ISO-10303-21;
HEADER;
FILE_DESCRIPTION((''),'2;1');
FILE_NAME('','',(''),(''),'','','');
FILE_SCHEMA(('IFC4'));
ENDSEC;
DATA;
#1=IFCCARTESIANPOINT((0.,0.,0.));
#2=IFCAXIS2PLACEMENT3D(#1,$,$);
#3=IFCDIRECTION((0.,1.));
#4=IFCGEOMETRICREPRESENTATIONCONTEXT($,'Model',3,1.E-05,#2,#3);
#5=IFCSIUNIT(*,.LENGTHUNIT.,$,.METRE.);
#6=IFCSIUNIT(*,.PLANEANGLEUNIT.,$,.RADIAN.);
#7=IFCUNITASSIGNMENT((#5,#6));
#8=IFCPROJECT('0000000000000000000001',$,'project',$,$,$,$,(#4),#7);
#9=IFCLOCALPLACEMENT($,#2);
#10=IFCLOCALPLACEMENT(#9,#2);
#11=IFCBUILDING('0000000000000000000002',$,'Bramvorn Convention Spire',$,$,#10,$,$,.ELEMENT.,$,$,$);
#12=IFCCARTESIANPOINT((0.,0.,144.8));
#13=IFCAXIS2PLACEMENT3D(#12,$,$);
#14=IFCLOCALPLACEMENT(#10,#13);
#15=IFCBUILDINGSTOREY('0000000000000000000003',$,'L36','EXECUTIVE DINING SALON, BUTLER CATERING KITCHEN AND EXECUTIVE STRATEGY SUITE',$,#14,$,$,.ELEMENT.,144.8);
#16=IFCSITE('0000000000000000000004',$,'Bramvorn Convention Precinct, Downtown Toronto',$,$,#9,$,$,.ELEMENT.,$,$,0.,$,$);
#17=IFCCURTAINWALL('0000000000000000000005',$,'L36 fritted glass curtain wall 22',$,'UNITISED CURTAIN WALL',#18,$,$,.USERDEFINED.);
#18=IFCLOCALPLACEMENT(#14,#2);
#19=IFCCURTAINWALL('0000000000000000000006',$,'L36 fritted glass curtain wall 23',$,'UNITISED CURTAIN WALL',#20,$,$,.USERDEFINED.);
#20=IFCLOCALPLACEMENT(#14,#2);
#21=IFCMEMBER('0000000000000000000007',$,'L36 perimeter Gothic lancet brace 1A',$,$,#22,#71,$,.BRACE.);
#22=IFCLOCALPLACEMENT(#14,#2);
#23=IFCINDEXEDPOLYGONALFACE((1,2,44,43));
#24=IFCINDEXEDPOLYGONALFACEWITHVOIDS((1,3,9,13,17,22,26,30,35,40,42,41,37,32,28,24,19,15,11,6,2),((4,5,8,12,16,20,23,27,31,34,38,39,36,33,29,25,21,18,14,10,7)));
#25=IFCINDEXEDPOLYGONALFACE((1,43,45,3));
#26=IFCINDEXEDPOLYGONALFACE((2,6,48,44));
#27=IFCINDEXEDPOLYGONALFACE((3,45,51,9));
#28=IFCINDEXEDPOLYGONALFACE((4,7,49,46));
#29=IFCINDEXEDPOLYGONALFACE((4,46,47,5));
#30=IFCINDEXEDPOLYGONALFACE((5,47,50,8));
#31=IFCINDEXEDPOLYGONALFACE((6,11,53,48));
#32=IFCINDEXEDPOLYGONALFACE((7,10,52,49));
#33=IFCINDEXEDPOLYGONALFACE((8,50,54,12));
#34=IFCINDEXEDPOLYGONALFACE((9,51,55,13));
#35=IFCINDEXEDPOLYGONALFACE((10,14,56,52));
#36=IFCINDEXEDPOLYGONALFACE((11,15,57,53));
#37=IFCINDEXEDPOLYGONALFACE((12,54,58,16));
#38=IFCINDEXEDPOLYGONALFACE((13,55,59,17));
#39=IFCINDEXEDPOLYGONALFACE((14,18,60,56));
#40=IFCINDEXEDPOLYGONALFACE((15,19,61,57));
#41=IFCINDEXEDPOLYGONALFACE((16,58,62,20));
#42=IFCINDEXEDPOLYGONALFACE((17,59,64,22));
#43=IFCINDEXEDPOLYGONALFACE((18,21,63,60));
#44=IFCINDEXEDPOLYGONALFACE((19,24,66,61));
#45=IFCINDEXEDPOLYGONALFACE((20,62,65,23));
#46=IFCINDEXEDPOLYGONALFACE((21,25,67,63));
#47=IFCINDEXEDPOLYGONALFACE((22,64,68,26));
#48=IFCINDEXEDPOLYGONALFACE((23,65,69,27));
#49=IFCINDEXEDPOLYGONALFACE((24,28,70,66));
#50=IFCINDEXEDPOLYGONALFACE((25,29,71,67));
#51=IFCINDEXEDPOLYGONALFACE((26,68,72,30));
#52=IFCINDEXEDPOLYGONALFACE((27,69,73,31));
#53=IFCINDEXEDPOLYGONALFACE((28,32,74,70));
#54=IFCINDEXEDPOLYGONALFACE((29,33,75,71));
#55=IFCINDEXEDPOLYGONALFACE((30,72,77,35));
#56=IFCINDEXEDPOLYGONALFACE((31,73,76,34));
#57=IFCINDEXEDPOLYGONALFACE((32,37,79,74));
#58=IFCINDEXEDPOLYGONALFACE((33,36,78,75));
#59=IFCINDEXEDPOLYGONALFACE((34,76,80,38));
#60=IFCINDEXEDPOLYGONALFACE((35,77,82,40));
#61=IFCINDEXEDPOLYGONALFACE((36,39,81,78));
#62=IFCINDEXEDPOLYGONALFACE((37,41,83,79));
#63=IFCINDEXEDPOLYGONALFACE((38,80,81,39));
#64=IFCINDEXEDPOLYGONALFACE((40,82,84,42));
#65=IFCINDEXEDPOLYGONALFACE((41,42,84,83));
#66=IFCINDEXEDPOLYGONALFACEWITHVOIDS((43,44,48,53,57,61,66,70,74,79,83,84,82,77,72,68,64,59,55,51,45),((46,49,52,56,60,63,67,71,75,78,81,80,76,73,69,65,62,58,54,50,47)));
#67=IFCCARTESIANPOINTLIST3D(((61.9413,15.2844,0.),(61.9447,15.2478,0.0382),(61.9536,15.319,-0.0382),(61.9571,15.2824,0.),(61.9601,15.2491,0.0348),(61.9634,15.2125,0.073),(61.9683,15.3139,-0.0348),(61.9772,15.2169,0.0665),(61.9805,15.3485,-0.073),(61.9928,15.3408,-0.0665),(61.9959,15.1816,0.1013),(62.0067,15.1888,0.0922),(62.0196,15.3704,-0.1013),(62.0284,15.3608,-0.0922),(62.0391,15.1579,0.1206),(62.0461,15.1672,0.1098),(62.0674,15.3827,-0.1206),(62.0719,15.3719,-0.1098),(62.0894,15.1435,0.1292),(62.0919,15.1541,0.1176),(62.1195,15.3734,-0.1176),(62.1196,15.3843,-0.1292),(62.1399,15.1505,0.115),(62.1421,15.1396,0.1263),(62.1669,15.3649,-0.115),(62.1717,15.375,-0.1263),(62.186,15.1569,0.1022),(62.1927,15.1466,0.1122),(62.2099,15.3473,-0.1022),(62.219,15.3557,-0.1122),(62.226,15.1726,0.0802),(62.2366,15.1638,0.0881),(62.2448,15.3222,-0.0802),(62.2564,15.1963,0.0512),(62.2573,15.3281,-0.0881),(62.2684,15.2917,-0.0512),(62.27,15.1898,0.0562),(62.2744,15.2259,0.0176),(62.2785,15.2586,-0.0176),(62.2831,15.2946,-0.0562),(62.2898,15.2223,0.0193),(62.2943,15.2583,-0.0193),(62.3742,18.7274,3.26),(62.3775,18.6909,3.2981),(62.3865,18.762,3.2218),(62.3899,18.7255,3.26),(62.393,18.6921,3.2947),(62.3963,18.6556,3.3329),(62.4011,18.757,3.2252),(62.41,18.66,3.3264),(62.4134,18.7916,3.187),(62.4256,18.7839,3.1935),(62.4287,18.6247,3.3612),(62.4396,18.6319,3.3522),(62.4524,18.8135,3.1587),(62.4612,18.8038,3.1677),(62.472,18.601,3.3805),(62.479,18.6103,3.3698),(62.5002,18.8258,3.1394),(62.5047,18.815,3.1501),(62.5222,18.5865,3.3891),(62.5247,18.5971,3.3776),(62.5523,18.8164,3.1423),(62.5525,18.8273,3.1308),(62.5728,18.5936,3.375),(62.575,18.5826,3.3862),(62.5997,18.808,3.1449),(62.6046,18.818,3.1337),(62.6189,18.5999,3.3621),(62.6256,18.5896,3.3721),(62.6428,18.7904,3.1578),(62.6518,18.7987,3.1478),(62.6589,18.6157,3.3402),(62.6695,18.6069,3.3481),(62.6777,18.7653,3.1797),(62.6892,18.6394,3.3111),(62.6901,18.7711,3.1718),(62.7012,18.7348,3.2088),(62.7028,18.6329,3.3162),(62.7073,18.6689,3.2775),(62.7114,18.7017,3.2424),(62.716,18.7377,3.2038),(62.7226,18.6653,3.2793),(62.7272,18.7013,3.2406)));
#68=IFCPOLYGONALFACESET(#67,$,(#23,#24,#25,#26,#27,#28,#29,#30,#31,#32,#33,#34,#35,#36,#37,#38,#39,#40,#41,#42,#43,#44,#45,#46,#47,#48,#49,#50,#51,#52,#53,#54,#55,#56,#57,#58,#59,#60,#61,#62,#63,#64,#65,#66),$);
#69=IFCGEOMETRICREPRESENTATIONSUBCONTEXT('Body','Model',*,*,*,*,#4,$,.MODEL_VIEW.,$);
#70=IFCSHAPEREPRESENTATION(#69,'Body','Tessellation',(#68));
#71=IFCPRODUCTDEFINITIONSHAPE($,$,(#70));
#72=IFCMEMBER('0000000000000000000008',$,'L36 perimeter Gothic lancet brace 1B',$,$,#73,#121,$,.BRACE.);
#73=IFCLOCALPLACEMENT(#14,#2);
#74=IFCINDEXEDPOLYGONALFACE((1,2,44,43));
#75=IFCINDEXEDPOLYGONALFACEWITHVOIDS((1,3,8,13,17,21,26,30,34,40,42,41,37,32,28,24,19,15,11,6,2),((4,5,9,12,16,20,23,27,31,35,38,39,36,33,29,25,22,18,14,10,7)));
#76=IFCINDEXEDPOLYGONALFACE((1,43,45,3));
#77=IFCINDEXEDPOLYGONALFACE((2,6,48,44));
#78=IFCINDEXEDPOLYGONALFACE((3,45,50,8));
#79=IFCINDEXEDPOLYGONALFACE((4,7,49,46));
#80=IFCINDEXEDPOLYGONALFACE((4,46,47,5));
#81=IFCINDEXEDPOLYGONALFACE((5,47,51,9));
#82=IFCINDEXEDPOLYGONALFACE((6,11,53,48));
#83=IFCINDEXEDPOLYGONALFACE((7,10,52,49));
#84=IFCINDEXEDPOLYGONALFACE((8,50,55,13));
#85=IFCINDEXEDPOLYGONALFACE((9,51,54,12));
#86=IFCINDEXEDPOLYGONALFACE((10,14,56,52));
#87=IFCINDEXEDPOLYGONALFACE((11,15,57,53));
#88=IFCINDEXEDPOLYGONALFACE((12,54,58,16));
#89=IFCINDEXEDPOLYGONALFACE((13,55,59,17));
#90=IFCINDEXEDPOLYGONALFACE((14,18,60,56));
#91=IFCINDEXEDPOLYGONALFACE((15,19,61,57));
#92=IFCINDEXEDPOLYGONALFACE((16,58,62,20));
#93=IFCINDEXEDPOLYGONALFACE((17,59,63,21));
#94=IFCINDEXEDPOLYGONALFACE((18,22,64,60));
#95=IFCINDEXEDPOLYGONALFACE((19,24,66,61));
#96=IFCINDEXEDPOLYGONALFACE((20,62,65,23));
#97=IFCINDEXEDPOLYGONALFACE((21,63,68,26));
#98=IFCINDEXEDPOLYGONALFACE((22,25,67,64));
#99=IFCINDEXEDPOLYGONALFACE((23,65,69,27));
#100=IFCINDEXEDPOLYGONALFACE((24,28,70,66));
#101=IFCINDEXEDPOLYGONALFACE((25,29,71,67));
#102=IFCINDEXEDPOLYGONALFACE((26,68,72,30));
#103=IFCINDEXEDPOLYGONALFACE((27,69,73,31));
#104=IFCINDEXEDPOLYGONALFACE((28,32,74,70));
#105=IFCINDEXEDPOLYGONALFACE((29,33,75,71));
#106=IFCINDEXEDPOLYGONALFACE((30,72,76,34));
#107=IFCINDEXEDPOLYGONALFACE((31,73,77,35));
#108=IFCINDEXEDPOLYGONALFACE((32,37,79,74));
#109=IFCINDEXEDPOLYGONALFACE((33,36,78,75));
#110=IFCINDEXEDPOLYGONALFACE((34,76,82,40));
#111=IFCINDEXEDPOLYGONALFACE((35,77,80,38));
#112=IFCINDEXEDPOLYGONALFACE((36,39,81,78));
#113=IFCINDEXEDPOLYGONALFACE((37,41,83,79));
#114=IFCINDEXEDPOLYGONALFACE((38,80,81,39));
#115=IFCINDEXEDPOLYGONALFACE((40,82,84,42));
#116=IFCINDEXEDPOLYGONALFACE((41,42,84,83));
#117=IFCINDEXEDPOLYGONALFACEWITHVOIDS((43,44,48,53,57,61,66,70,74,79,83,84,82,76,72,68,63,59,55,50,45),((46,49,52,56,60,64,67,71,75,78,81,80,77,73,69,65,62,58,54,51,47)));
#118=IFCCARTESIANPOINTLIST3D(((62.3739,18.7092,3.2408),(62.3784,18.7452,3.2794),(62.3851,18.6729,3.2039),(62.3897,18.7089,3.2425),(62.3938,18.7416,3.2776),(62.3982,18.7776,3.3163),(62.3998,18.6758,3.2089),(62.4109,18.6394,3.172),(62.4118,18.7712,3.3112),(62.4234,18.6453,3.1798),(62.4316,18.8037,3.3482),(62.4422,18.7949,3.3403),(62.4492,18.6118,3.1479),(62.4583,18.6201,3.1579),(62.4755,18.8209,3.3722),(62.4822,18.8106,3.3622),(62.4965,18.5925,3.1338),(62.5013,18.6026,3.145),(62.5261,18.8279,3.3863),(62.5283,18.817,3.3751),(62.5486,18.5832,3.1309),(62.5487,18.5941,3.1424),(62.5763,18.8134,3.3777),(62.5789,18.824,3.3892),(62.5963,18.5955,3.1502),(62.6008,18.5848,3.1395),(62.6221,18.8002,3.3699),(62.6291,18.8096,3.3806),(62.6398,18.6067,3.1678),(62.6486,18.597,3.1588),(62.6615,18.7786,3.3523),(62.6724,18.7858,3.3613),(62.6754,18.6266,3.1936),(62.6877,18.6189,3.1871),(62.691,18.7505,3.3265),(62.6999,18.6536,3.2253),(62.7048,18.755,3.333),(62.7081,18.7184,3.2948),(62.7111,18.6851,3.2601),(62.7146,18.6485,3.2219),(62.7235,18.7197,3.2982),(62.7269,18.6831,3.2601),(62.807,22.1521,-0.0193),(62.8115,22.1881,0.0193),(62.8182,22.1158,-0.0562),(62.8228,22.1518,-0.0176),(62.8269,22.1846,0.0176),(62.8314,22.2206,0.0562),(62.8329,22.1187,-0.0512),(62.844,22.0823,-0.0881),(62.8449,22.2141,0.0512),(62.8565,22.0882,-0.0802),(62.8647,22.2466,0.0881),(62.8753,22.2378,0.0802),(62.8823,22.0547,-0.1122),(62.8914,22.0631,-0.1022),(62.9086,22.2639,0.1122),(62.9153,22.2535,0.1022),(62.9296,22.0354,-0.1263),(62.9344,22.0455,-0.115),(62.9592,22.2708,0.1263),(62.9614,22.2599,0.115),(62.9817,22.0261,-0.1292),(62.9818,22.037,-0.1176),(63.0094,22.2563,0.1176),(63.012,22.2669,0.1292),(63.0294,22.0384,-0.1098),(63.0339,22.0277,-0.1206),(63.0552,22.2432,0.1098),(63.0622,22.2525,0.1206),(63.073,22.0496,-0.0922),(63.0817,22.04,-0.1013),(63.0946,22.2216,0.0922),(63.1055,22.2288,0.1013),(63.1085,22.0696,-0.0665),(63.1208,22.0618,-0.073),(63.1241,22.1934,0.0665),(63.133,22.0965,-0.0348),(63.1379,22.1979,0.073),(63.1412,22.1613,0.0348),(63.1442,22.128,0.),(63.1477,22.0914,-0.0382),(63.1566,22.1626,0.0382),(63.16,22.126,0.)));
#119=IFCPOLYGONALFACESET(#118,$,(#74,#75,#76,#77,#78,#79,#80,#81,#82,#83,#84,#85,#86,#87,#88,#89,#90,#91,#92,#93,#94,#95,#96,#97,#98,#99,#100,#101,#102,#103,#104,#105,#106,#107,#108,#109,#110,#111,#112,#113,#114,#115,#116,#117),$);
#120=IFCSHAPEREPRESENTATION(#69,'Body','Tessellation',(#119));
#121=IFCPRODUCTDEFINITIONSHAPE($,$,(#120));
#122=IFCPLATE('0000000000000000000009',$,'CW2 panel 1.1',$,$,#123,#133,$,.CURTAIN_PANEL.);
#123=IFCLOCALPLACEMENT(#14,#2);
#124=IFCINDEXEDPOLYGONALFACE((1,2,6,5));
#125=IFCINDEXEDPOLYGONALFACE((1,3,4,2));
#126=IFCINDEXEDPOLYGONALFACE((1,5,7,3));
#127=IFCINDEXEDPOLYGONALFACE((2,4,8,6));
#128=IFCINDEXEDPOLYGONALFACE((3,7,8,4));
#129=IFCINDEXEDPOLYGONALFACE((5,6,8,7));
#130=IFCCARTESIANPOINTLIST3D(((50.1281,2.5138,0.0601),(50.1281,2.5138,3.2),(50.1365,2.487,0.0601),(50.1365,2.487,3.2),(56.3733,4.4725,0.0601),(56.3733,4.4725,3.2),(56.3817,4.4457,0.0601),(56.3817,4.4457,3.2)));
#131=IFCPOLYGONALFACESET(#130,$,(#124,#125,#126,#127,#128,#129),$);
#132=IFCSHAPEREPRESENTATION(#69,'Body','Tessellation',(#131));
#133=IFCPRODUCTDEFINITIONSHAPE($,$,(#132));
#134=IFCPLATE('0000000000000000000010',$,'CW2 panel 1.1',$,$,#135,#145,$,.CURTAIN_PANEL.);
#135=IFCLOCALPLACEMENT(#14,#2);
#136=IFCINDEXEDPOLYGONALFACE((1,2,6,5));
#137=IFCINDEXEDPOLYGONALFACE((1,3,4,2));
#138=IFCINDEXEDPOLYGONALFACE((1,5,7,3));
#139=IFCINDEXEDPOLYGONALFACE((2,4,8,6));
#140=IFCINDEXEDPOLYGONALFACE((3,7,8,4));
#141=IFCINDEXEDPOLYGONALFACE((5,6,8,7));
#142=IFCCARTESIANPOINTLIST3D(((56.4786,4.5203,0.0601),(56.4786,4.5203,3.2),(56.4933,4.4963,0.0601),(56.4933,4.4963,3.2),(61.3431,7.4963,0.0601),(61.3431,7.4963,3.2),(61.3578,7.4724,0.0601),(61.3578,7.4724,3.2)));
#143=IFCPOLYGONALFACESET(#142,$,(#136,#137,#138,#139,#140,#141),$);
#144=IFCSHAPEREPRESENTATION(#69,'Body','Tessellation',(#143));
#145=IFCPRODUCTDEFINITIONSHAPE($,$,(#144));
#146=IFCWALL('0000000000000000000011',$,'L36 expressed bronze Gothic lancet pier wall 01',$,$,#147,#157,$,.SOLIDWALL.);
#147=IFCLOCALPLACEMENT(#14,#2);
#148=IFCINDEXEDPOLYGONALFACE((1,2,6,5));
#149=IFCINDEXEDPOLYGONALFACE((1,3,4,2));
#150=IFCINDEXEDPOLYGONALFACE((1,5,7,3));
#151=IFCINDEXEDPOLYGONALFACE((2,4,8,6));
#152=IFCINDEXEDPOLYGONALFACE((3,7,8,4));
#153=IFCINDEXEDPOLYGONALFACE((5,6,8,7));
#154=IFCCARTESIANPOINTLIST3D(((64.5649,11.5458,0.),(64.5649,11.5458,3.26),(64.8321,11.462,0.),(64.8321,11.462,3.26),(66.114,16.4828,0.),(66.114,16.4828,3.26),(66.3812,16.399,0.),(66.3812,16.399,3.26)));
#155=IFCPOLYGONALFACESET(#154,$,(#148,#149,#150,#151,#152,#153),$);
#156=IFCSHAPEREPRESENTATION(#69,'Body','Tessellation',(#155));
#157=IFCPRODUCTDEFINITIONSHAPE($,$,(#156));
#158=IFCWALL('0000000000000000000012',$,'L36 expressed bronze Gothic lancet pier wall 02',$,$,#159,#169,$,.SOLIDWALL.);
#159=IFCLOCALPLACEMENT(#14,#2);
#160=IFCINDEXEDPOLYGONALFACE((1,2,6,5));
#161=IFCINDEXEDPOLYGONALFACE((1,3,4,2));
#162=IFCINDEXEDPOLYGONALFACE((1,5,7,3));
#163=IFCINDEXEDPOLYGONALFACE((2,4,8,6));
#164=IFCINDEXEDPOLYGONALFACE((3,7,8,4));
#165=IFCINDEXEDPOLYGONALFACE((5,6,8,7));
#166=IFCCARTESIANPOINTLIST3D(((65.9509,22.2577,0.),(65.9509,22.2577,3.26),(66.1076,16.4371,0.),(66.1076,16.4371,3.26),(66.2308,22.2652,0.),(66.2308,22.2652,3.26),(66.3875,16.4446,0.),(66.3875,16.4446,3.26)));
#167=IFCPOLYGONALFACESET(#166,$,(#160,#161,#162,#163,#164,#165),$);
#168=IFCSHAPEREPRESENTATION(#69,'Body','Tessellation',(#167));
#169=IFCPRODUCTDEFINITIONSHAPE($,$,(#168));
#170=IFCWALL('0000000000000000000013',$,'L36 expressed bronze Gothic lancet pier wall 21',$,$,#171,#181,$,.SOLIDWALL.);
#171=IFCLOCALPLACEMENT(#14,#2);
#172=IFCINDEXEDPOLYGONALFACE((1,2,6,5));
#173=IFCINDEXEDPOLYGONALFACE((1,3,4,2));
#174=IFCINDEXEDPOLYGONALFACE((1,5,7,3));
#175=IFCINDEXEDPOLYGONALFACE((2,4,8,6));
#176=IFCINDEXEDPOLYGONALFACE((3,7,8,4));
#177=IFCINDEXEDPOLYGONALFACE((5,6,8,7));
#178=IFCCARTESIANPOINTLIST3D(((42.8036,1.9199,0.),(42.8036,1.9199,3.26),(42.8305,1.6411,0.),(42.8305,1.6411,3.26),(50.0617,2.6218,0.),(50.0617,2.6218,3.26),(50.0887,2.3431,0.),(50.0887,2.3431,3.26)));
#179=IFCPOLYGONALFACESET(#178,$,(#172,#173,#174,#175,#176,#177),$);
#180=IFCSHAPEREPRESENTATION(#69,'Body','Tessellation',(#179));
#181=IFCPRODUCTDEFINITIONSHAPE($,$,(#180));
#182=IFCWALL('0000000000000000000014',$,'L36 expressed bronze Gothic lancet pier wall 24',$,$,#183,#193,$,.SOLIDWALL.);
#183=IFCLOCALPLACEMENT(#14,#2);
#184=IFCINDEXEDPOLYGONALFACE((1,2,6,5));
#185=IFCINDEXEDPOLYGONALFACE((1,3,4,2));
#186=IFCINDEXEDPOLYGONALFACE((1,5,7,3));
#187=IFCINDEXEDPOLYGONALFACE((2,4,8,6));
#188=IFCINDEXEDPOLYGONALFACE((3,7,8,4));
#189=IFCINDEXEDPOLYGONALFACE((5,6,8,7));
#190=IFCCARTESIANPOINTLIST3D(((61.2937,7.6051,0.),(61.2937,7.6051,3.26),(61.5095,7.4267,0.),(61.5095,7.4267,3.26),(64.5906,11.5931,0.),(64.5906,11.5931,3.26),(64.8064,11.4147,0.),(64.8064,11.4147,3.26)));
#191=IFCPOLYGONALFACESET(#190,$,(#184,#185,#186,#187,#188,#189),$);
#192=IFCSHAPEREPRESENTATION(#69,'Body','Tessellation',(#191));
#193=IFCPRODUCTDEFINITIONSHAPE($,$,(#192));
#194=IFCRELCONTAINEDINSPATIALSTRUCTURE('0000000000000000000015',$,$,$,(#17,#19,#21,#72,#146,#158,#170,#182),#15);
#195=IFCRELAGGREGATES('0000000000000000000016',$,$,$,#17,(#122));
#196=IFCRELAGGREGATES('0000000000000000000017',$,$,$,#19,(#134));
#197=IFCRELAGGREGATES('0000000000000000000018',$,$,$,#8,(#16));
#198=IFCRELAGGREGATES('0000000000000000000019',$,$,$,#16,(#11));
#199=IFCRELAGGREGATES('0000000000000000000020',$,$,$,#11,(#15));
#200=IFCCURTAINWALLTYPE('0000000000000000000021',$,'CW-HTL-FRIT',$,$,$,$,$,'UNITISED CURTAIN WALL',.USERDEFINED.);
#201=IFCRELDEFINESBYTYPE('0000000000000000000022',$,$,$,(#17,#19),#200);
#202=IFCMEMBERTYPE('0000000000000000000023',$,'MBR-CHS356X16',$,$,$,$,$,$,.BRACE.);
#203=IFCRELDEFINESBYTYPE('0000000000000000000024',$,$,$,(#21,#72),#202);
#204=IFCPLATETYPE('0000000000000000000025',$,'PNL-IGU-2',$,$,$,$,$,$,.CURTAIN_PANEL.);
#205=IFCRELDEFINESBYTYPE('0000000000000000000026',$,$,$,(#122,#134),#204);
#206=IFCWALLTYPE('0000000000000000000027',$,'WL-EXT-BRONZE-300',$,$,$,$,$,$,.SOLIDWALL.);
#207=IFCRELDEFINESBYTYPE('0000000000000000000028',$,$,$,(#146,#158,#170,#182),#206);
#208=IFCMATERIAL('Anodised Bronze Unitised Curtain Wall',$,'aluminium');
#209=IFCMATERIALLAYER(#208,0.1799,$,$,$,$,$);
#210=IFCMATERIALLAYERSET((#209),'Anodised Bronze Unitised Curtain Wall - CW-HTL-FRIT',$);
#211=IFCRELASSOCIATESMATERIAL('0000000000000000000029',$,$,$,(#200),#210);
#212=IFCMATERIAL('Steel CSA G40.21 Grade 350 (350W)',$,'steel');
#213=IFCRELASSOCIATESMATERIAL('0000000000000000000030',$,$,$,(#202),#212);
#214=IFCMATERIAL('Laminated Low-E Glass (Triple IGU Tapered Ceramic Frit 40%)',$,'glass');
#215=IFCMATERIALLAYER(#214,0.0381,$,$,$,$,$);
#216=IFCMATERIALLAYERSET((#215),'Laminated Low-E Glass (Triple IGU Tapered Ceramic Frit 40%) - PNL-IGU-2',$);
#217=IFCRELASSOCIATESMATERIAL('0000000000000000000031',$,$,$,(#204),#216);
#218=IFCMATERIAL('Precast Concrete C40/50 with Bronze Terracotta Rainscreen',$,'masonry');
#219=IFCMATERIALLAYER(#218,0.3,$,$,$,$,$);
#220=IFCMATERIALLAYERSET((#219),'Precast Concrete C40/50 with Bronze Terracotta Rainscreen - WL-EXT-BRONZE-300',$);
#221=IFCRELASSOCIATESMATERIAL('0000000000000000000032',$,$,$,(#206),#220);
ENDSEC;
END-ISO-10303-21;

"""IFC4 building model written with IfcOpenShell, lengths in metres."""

from ifc_helpers import new_model, si_unit, direction, frame, frame_2d, origin, origin_2d, place, context, subcontext, project, spatial, rectangle, hollow_circle, extrude, material, layer, layer_set, material_profile, profile_set, type_object, element, aggregate, save


model = new_model("IFC4")

# Units and contexts
model_context = context("Model", 3, precision=1e-05, world=origin(), true_north=direction((0.0, 1.0)))
body_context = subcontext(model_context, "Body", "Model", "MODEL_VIEW")
ifc_project = project(units=[si_unit("LENGTHUNIT", "METRE"), si_unit("PLANEANGLEUNIT", "RADIAN")], contexts=[model_context])

# Site, building, storey
site_placement = place(None, origin())
site = spatial("IfcSite", under=ifc_project, at=site_placement, Name="Bramvorn Convention Precinct, Downtown Toronto", CompositionType="ELEMENT", RefElevation=0.0)
building_placement = place(site_placement, origin())
building = spatial("IfcBuilding", under=site, at=building_placement, Name="Bramvorn Convention Spire", CompositionType="ELEMENT")
storey_placement = place(building_placement, frame((0.0, 0.0, 144.8)))
storey = spatial("IfcBuildingStorey", under=building, at=storey_placement, Name="L36", Description="EXECUTIVE DINING SALON, BUTLER CATERING KITCHEN AND EXECUTIVE STRATEGY SUITE", CompositionType="ELEMENT", Elevation=144.8)

# Shared definitions
ifc_material_1 = material(Name="Steel CSA G40.21 Grade 350 (350W)", Category="steel")

# Curtain walls
ifc_material_2 = material(Name="Anodised Bronze Unitised Curtain Wall", Category="aluminium")
ifc_layer_1 = layer(ifc_material_2, 0.1799)
ifc_layer_set_1 = layer_set([ifc_layer_1], Name="Anodised Bronze Unitised Curtain Wall - CW-HTL-FRIT")
curtain_wall_type = type_object("IfcCurtainWallType", Name="CW-HTL-FRIT", ElementType="UNITISED CURTAIN WALL", PredefinedType="USERDEFINED", material=ifc_layer_set_1)
curtain_wall_1_placement = place(storey_placement, origin())
curtain_wall_1 = element("IfcCurtainWall", 1, at=curtain_wall_1_placement, inside=storey, type_object=curtain_wall_type, Name="L36 fritted glass curtain wall 22", ObjectType="UNITISED CURTAIN WALL", PredefinedType="USERDEFINED")
curtain_wall_2_placement = place(storey_placement, origin())
curtain_wall_2 = element("IfcCurtainWall", 2, at=curtain_wall_2_placement, inside=storey, type_object=curtain_wall_type, Name="L36 fritted glass curtain wall 23", ObjectType="UNITISED CURTAIN WALL", PredefinedType="USERDEFINED")

# Members
ifc_material_profile_1 = material_profile(ifc_material_1, hollow_circle(Radius=0.1777, WallThickness=0.0159, at=origin_2d()))
ifc_profile_set_1 = profile_set([ifc_material_profile_1], Name="Steel CSA G40.21 Grade 350 (350W) - CHS356X16")
member_type_1 = type_object("IfcMemberType", Name="MBR-CHS356X16", PredefinedType="BRACE", material=ifc_profile_set_1)
for number, where, z_axis, x_axis, name in (
    (3, (62.1177, 15.2622, 0.0), (0.090912, 0.723144, 0.684688), (-0.99219, 0.124736, 0.0), "L36 perimeter Gothic lancet brace 1A"),
    (4, (62.9836, 22.1482, 0.0), (-0.090966, -0.723117, 0.68471), (0.99218, -0.124814, 0.0), "L36 perimeter Gothic lancet brace 1B"),
):
    element("IfcMember", number, at=place(storey_placement, frame(where, z_axis=z_axis, x_axis=x_axis)), inside=storey, type_object=member_type_1, Name=name, PredefinedType="BRACE", context=body_context, shape_type="SweptSolid", body=[
        extrude(hollow_circle(Radius=0.1777, WallThickness=0.0159, at=origin_2d()), origin(), (0.0, 0.0, 1.0), 4.7612),
    ])

# Plates
ifc_material_3 = material(Name="Laminated Low-E Glass (Triple IGU Tapered Ceramic Frit 40%)", Category="glass")
ifc_layer_2 = layer(ifc_material_3, 0.0381)
ifc_layer_set_2 = layer_set([ifc_layer_2], Name="Laminated Low-E Glass (Triple IGU Tapered Ceramic Frit 40%) - PNL-IGU-2")
plate_type = type_object("IfcPlateType", Name="PNL-IGU-2", PredefinedType="CURTAIN_PANEL", material=ifc_layer_set_2)
plate_1_placement = place(storey_placement, frame((53.2549, 3.4797, 0.0601), z_axis=(0.0, 0.0, 1.0), x_axis=(-0.954172, -0.299258, 0.0)))
plate_1 = element("IfcPlate", 5, at=plate_1_placement, type_object=plate_type, Name="CW2 panel 1.1", PredefinedType="CURTAIN_PANEL", context=body_context, shape_type="SweptSolid", body=[
    extrude(rectangle(XDim=6.5452, YDim=0.0281, at=origin_2d()), origin(), (0.0, 0.0, 1.0), 3.1399),
])
aggregate(curtain_wall_1, [plate_1])
plate_2_placement = place(storey_placement, frame((58.9182, 5.9963, 0.0601), z_axis=(0.0, 0.0, 1.0), x_axis=(-0.853024, -0.521872, 0.0)))
plate_2 = element("IfcPlate", 6, at=plate_2_placement, type_object=plate_type, Name="CW2 panel 1.1", PredefinedType="CURTAIN_PANEL", context=body_context, shape_type="SweptSolid", body=[
    extrude(rectangle(XDim=5.7026, YDim=0.0281, at=origin_2d()), origin(), (0.0, 0.0, 1.0), 3.1399),
])
aggregate(curtain_wall_2, [plate_2])

# Walls
ifc_material_4 = material(Name="Precast Concrete C40/50 with Bronze Terracotta Rainscreen", Category="masonry")
ifc_layer_3 = layer(ifc_material_4, 0.3)
ifc_layer_set_3 = layer_set([ifc_layer_3], Name="Precast Concrete C40/50 with Bronze Terracotta Rainscreen - WL-EXT-BRONZE-300")
wall_type = type_object("IfcWallType", Name="WL-EXT-BRONZE-300", PredefinedType="SOLIDWALL", material=ifc_layer_set_3)
wall_1_placement = place(storey_placement, frame((66.2476, 16.4409, 0.0), z_axis=(0.0, 0.0, 1.0), x_axis=(-0.299376, -0.954135, 0.0)))
element("IfcWall", 7, at=wall_1_placement, inside=storey, type_object=wall_type, Name="L36 expressed bronze Gothic lancet pier wall 01", PredefinedType="SOLIDWALL", context=body_context, shape_type="SweptSolid", body=[
    extrude(rectangle(XDim=5.1743, YDim=0.28, at=frame_2d((2.5872, 0.0))), origin(), (0.0, 0.0, 1.0), 3.26),
])
wall_2_placement = place(storey_placement, frame((66.0908, 22.2615, 0.0), z_axis=(0.0, 0.0, 1.0), x_axis=(0.026919, -0.999638, 0.0)))
element("IfcWall", 8, at=wall_2_placement, inside=storey, type_object=wall_type, Name="L36 expressed bronze Gothic lancet pier wall 02", PredefinedType="SOLIDWALL", context=body_context, shape_type="SweptSolid", body=[
    extrude(rectangle(XDim=5.8228, YDim=0.28, at=frame_2d((2.9114, 0.0))), origin(), (0.0, 0.0, 1.0), 3.26),
])
wall_3_placement = place(storey_placement, frame((50.0752, 2.4824, 0.0), z_axis=(0.0, 0.0, 1.0), x_axis=(-0.995356, -0.096258, 0.0)))
element("IfcWall", 9, at=wall_3_placement, inside=storey, type_object=wall_type, Name="L36 expressed bronze Gothic lancet pier wall 21", PredefinedType="SOLIDWALL", context=body_context, shape_type="SweptSolid", body=[
    extrude(rectangle(XDim=7.292, YDim=0.28, at=frame_2d((3.646, 0.0))), origin(), (0.0, 0.0, 1.0), 3.26),
])
wall_4_placement = place(storey_placement, frame((64.6985, 11.5039, 0.0), z_axis=(0.0, 0.0, 1.0), x_axis=(-0.637158, -0.770733, 0.0)))
element("IfcWall", 10, at=wall_4_placement, inside=storey, type_object=wall_type, Name="L36 expressed bronze Gothic lancet pier wall 24", PredefinedType="SOLIDWALL", context=body_context, shape_type="SweptSolid", body=[
    extrude(rectangle(XDim=5.1743, YDim=0.28, at=frame_2d((2.5872, 0.0))), origin(), (0.0, 0.0, 1.0), 3.26),
])

save(model, "model.ifc")
